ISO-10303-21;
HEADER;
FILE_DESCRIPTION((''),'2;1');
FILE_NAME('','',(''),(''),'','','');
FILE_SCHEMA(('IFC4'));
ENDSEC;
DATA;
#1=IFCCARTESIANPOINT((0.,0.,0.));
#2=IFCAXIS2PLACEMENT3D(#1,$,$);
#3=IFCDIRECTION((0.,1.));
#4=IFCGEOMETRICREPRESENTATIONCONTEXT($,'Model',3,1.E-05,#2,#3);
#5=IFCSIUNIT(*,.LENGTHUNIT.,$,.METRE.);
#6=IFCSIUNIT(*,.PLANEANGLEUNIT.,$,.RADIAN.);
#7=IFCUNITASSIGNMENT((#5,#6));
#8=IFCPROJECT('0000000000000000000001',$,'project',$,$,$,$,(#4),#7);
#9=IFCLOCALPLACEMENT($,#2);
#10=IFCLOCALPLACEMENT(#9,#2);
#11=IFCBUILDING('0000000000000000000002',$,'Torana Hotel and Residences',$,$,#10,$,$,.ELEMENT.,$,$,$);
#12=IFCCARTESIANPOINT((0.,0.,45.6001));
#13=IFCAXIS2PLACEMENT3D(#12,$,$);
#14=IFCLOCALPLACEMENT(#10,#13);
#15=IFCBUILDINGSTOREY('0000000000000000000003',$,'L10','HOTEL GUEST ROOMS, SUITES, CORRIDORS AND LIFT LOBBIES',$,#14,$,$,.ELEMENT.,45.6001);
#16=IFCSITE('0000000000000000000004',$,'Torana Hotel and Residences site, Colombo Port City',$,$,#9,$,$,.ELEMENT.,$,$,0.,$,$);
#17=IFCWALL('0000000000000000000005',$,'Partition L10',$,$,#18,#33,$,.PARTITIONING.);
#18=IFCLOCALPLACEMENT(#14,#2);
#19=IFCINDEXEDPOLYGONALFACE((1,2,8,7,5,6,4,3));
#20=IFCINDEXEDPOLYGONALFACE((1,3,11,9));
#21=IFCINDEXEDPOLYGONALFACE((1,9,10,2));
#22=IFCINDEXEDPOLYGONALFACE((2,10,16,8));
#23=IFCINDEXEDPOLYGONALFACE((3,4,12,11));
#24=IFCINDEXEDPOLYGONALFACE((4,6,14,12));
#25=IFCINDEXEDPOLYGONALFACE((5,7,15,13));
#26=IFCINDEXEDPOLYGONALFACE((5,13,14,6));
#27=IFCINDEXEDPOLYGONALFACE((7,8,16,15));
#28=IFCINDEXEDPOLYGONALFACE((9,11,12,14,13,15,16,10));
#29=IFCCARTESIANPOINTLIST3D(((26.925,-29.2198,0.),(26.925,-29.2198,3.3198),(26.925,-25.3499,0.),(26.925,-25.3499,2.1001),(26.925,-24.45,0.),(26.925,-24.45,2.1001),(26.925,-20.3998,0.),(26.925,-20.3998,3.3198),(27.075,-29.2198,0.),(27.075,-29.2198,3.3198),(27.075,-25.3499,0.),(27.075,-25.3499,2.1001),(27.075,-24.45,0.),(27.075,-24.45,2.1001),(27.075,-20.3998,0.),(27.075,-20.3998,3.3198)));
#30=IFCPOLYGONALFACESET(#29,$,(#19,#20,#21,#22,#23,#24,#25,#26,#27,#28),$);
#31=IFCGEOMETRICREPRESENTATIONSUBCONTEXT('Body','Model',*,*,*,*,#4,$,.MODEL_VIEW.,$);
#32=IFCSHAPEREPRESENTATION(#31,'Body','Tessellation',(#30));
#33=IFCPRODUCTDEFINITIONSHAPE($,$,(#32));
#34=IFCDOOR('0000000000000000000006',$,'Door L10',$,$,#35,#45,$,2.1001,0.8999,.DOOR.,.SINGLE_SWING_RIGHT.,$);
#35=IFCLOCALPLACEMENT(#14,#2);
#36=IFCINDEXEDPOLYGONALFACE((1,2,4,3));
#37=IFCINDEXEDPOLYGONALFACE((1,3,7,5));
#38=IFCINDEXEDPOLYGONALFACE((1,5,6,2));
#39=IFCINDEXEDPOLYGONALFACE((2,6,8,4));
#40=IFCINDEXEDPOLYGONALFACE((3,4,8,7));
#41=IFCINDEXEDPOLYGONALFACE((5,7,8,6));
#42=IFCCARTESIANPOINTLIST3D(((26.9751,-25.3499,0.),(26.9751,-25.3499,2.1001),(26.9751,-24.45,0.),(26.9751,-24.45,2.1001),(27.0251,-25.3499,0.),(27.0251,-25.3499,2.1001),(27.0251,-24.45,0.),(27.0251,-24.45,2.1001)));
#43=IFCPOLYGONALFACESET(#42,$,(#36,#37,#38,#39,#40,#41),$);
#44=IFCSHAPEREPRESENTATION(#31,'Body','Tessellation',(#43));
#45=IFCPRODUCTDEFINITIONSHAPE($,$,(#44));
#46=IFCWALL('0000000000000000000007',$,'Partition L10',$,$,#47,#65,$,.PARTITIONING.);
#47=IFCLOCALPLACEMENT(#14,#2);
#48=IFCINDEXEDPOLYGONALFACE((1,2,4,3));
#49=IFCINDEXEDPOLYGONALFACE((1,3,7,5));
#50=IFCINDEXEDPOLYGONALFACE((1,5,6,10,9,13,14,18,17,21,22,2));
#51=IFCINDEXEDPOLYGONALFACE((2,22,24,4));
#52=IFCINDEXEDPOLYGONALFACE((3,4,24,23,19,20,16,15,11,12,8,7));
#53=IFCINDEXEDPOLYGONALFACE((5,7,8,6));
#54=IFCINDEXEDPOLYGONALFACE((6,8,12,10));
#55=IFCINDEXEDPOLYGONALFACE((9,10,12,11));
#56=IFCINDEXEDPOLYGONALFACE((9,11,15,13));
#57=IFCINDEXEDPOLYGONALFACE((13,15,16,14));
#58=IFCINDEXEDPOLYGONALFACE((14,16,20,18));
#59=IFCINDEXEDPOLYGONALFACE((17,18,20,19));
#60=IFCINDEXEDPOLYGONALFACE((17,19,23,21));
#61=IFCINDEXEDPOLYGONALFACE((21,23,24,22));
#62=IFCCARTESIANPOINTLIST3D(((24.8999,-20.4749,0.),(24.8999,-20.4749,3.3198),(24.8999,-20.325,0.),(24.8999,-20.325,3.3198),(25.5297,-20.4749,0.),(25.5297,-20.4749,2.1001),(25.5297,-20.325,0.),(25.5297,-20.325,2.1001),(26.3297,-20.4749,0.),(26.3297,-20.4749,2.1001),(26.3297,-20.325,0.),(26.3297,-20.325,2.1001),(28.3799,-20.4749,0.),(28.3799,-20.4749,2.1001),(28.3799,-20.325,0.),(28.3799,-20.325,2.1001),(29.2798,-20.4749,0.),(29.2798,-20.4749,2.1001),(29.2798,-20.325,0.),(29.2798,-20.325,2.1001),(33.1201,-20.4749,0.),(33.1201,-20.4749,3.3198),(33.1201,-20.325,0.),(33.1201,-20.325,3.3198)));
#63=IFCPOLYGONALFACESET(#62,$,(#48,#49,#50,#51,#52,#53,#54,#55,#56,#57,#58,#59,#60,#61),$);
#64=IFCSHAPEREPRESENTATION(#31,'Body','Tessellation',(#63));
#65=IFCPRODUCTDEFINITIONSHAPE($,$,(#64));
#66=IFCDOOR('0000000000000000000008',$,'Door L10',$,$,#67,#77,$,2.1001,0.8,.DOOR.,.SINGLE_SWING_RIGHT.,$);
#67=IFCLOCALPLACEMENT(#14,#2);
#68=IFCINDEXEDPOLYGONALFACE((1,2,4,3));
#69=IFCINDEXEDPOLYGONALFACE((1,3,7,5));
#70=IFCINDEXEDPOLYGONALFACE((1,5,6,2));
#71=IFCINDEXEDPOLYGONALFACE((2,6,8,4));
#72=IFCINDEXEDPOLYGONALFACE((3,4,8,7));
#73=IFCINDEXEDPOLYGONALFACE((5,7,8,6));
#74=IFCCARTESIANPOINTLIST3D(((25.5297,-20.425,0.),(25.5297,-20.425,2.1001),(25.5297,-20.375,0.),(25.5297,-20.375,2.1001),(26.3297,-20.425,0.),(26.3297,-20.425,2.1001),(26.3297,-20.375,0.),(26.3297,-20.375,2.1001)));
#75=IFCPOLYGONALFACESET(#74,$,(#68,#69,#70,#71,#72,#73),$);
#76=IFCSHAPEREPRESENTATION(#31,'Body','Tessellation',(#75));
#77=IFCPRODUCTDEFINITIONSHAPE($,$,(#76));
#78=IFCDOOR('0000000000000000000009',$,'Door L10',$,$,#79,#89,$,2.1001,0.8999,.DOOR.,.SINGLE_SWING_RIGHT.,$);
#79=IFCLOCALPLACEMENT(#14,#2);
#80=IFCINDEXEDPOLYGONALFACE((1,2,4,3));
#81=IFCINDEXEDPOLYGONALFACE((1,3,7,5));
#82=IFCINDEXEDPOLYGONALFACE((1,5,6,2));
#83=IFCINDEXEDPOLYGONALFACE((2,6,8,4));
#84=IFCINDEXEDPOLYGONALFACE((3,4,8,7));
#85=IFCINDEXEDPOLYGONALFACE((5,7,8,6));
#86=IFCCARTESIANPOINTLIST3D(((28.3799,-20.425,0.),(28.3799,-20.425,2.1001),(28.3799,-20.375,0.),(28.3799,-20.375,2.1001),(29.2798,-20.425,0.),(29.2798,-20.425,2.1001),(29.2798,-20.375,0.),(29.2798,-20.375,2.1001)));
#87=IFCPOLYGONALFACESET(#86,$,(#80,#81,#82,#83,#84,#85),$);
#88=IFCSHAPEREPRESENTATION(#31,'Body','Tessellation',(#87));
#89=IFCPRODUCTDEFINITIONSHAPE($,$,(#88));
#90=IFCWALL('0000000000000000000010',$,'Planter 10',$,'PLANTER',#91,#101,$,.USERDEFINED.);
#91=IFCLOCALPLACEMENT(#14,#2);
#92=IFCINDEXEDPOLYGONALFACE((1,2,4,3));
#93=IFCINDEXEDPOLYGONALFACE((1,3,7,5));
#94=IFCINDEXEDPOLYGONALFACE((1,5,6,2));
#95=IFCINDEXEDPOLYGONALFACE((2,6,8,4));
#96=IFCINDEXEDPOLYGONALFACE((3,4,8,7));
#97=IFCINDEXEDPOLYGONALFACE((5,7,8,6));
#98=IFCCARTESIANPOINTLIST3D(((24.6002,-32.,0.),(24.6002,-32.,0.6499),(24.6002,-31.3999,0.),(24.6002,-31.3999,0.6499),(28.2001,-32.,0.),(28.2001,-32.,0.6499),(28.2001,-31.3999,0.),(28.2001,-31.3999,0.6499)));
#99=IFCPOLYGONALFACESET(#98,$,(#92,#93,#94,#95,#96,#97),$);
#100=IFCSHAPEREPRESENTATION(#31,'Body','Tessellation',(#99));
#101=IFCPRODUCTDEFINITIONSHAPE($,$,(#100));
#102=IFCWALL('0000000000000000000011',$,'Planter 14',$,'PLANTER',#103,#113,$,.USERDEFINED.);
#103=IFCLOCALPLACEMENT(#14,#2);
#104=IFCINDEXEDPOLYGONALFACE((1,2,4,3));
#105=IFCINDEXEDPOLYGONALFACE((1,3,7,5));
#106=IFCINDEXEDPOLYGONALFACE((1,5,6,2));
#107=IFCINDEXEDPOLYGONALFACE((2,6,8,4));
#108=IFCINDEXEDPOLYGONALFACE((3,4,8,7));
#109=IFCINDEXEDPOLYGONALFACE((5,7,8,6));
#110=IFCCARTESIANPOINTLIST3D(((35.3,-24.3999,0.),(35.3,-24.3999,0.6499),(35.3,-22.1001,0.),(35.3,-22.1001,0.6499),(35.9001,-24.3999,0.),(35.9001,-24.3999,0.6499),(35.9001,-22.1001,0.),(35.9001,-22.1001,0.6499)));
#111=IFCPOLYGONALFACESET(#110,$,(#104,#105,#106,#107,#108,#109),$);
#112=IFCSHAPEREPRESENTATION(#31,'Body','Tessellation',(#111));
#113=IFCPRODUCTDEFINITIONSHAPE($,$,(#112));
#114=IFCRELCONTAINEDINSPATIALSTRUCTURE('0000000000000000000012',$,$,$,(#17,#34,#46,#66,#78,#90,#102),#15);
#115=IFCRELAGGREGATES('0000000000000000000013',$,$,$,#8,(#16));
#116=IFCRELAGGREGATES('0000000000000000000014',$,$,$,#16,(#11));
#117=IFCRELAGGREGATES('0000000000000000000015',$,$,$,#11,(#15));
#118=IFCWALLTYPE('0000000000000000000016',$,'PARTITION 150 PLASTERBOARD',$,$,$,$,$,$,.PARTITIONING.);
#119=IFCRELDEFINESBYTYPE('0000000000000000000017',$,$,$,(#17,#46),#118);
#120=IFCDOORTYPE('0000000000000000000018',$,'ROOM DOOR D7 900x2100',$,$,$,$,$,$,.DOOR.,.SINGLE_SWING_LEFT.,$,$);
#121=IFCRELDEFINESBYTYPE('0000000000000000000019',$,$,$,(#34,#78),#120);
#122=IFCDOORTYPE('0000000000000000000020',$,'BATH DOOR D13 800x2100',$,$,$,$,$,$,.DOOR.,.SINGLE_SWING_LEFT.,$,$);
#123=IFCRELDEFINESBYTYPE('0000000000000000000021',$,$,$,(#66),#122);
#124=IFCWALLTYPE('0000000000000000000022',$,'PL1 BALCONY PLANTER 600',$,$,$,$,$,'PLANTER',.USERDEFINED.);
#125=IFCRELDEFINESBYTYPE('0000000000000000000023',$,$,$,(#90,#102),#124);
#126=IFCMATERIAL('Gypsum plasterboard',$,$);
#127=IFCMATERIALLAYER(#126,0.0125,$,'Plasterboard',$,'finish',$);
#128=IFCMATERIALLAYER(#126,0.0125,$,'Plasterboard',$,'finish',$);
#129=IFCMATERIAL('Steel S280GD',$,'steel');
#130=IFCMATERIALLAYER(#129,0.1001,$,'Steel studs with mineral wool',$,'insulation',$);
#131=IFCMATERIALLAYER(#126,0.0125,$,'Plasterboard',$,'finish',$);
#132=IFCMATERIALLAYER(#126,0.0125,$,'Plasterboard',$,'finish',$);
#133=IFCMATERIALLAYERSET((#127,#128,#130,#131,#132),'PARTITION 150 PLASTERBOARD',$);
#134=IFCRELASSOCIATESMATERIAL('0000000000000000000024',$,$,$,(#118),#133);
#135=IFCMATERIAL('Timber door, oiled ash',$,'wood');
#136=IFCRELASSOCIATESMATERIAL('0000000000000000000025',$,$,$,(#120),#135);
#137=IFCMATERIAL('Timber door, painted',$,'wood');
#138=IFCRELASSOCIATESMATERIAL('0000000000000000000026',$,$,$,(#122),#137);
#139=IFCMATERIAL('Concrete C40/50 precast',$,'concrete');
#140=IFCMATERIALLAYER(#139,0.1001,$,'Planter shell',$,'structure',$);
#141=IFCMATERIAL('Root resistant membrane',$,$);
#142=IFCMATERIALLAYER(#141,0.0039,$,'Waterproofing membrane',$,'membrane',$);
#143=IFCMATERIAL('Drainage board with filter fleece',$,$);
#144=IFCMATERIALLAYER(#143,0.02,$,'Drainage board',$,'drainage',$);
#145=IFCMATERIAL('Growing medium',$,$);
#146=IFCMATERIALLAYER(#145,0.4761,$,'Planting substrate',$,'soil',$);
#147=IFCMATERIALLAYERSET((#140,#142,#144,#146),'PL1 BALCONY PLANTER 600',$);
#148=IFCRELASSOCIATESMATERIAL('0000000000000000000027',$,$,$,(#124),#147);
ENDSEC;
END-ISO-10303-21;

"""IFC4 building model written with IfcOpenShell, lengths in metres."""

from ifc_helpers import new_model, si_unit, direction, frame, frame_2d, origin, place, context, subcontext, project, spatial, rectangle, extrude, material, layer, layer_set, type_object, element, fill, save


model = new_model("IFC4")

# Units and contexts
model_context = context("Model", 3, precision=1e-05, world=origin(), true_north=direction((0.0, 1.0)))
body_context = subcontext(model_context, "Body", "Model", "MODEL_VIEW")
ifc_project = project(units=[si_unit("LENGTHUNIT", "METRE"), si_unit("PLANEANGLEUNIT", "RADIAN")], contexts=[model_context])

# Site, building, storey
site_placement = place(None, origin())
site = spatial("IfcSite", under=ifc_project, at=site_placement, Name="Torana Hotel and Residences site, Colombo Port City", CompositionType="ELEMENT", RefElevation=0.0)
building_placement = place(site_placement, origin())
building = spatial("IfcBuilding", under=site, at=building_placement, Name="Torana Hotel and Residences", CompositionType="ELEMENT")
storey_placement = place(building_placement, frame((0.0, 0.0, 45.6001)))
storey = spatial("IfcBuildingStorey", under=building, at=storey_placement, Name="L10", Description="HOTEL GUEST ROOMS, SUITES, CORRIDORS AND LIFT LOBBIES", CompositionType="ELEMENT", Elevation=45.6001)

# Shared definitions
ifc_material_1 = material(Name="Steel S280GD", Category="steel")

# Shared definitions
ifc_material_2 = material(Name="Gypsum plasterboard")
ifc_layer_1 = layer(ifc_material_2, 0.0125, Name="Plasterboard", Category="finish")
ifc_layer_2 = layer(ifc_material_2, 0.0125, Name="Plasterboard", Category="finish")
ifc_layer_3 = layer(ifc_material_1, 0.1001, Name="Steel studs with mineral wool", Category="insulation")
ifc_layer_4 = layer(ifc_material_2, 0.0125, Name="Plasterboard", Category="finish")
ifc_layer_5 = layer(ifc_material_2, 0.0125, Name="Plasterboard", Category="finish")
ifc_layer_set_1 = layer_set([ifc_layer_1, ifc_layer_2, ifc_layer_3, ifc_layer_4, ifc_layer_5], Name="PARTITION 150 PLASTERBOARD")
wall_type_1 = type_object("IfcWallType", Name="PARTITION 150 PLASTERBOARD", PredefinedType="PARTITIONING", material=ifc_layer_set_1)

# Wall, opening, door
wall_1_placement = place(storey_placement, frame((27.0, -29.22, 0.0), z_axis=(0.0, 0.0, 1.0), x_axis=(0.0, 1.0, 0.0)))
wall_1 = element("IfcWall", 1, at=wall_1_placement, inside=storey, type_object=wall_type_1, Name="Partition L10", PredefinedType="PARTITIONING", context=body_context, shape_type="SweptSolid", body=[
    extrude(rectangle(XDim=8.8201, YDim=0.1499, at=frame_2d((4.4102, 0.0))), origin(), (0.0, 0.0, 1.0), 3.3198),
])
opening_1_placement = place(wall_1_placement, frame((3.8701, 0.0, 0.0)))
opening_1 = element("IfcOpeningElement", 2, at=opening_1_placement, cuts=wall_1, PredefinedType="OPENING", context=body_context, shape_type="SweptSolid", body=[
    extrude(rectangle(XDim=0.8999, YDim=2.1001, at=frame_2d((0.45, 1.05))), frame((0.0, 0.085, 0.0), z_axis=(0.0, -1.0, 0.0), x_axis=(1.0, 0.0, 0.0)), (0.0, 0.0, 1.0), 0.1699),
])
ifc_material_3 = material(Name="Timber door, oiled ash", Category="wood")
door_type_1 = type_object("IfcDoorType", Name="ROOM DOOR D7 900x2100", OperationType="SINGLE_SWING_LEFT", PredefinedType="DOOR", material=ifc_material_3)
door_1_placement = place(opening_1_placement, origin())
door_1 = element("IfcDoor", 3, at=door_1_placement, inside=storey, type_object=door_type_1, Name="Door L10", OperationType="SINGLE_SWING_RIGHT", OverallHeight=2.1001, OverallWidth=0.8999, PredefinedType="DOOR", context=body_context, shape_type="SweptSolid", body=[
    extrude(rectangle(XDim=0.8999, YDim=2.1001, at=frame_2d((0.45, 1.05))), frame((0.0, 0.0249, 0.0), z_axis=(0.0, -1.0, 0.0), x_axis=(1.0, 0.0, 0.0)), (0.0, 0.0, 1.0), 0.05),
])
fill(opening_1, door_1)

# Wall, openings, doors
wall_2_placement = place(storey_placement, frame((24.8999, -20.3999, 0.0), z_axis=(0.0, 0.0, 1.0), x_axis=(1.0, 0.0, 0.0)))
wall_2 = element("IfcWall", 4, at=wall_2_placement, inside=storey, type_object=wall_type_1, Name="Partition L10", PredefinedType="PARTITIONING", context=body_context, shape_type="SweptSolid", body=[
    extrude(rectangle(XDim=8.2202, YDim=0.1499, at=frame_2d((4.1101, 0.0))), origin(), (0.0, 0.0, 1.0), 3.3198),
])
opening_2_placement = place(wall_2_placement, frame((0.6299, 0.0, 0.0)))
opening_2 = element("IfcOpeningElement", 5, at=opening_2_placement, cuts=wall_2, PredefinedType="OPENING", context=body_context, shape_type="SweptSolid", body=[
    extrude(rectangle(XDim=0.8, YDim=2.1001, at=frame_2d((0.3999, 1.05))), frame((0.0, 0.085, 0.0), z_axis=(0.0, -1.0, 0.0), x_axis=(1.0, 0.0, 0.0)), (0.0, 0.0, 1.0), 0.1699),
])
opening_3_placement = place(wall_2_placement, frame((3.48, 0.0, 0.0)))
opening_3 = element("IfcOpeningElement", 6, at=opening_3_placement, cuts=wall_2, PredefinedType="OPENING", context=body_context, shape_type="SweptSolid", body=[
    extrude(rectangle(XDim=0.8999, YDim=2.1001, at=frame_2d((0.45, 1.05))), frame((0.0, 0.085, 0.0), z_axis=(0.0, -1.0, 0.0), x_axis=(1.0, 0.0, 0.0)), (0.0, 0.0, 1.0), 0.1699),
])
ifc_material_4 = material(Name="Timber door, painted", Category="wood")
door_type_2 = type_object("IfcDoorType", Name="BATH DOOR D13 800x2100", OperationType="SINGLE_SWING_LEFT", PredefinedType="DOOR", material=ifc_material_4)
door_2_placement = place(opening_2_placement, origin())
door_2 = element("IfcDoor", 7, at=door_2_placement, inside=storey, type_object=door_type_2, Name="Door L10", OperationType="SINGLE_SWING_RIGHT", OverallHeight=2.1001, OverallWidth=0.8, PredefinedType="DOOR", context=body_context, shape_type="SweptSolid", body=[
    extrude(rectangle(XDim=0.8, YDim=2.1001, at=frame_2d((0.3999, 1.05))), frame((0.0, 0.0249, 0.0), z_axis=(0.0, -1.0, 0.0), x_axis=(1.0, 0.0, 0.0)), (0.0, 0.0, 1.0), 0.05),
])
fill(opening_2, door_2)
door_3_placement = place(opening_3_placement, origin())
door_3 = element("IfcDoor", 8, at=door_3_placement, inside=storey, type_object=door_type_1, Name="Door L10", OperationType="SINGLE_SWING_RIGHT", OverallHeight=2.1001, OverallWidth=0.8999, PredefinedType="DOOR", context=body_context, shape_type="SweptSolid", body=[
    extrude(rectangle(XDim=0.8999, YDim=2.1001, at=frame_2d((0.45, 1.05))), frame((0.0, 0.0249, 0.0), z_axis=(0.0, -1.0, 0.0), x_axis=(1.0, 0.0, 0.0)), (0.0, 0.0, 1.0), 0.05),
])
fill(opening_3, door_3)

# Walls
ifc_material_5 = material(Name="Concrete C40/50 precast", Category="concrete")
ifc_layer_6 = layer(ifc_material_5, 0.1001, Name="Planter shell", Category="structure")
ifc_material_6 = material(Name="Root resistant membrane")
ifc_layer_7 = layer(ifc_material_6, 0.0039, Name="Waterproofing membrane", Category="membrane")
ifc_material_7 = material(Name="Drainage board with filter fleece")
ifc_layer_8 = layer(ifc_material_7, 0.02, Name="Drainage board", Category="drainage")
ifc_material_8 = material(Name="Growing medium")
ifc_layer_9 = layer(ifc_material_8, 0.4761, Name="Planting substrate", Category="soil")
ifc_layer_set_2 = layer_set([ifc_layer_6, ifc_layer_7, ifc_layer_8, ifc_layer_9], Name="PL1 BALCONY PLANTER 600")
wall_type_2 = type_object("IfcWallType", Name="PL1 BALCONY PLANTER 600", ElementType="PLANTER", PredefinedType="USERDEFINED", material=ifc_layer_set_2)
wall_3_placement = place(storey_placement, frame((28.2, -31.7, 0.0), z_axis=(0.0, 0.0, 1.0), x_axis=(-1.0, 0.0, 0.0)))
element("IfcWall", 9, at=wall_3_placement, inside=storey, type_object=wall_type_2, Name="Planter 10", ObjectType="PLANTER", PredefinedType="USERDEFINED", context=body_context, shape_type="SweptSolid", body=[
    extrude(rectangle(XDim=3.5999, YDim=0.6001, at=frame_2d((1.7998, 0.0))), origin(), (0.0, 0.0, 1.0), 0.6499),
])
wall_4_placement = place(storey_placement, frame((35.6001, -22.1001, 0.0), z_axis=(0.0, 0.0, 1.0), x_axis=(0.0, -1.0, 0.0)))
element("IfcWall", 10, at=wall_4_placement, inside=storey, type_object=wall_type_2, Name="Planter 14", ObjectType="PLANTER", PredefinedType="USERDEFINED", context=body_context, shape_type="SweptSolid", body=[
    extrude(rectangle(XDim=2.2998, YDim=0.6001, at=frame_2d((1.1499, 0.0))), origin(), (0.0, 0.0, 1.0), 0.6499),
])

save(model, "model.ifc")
